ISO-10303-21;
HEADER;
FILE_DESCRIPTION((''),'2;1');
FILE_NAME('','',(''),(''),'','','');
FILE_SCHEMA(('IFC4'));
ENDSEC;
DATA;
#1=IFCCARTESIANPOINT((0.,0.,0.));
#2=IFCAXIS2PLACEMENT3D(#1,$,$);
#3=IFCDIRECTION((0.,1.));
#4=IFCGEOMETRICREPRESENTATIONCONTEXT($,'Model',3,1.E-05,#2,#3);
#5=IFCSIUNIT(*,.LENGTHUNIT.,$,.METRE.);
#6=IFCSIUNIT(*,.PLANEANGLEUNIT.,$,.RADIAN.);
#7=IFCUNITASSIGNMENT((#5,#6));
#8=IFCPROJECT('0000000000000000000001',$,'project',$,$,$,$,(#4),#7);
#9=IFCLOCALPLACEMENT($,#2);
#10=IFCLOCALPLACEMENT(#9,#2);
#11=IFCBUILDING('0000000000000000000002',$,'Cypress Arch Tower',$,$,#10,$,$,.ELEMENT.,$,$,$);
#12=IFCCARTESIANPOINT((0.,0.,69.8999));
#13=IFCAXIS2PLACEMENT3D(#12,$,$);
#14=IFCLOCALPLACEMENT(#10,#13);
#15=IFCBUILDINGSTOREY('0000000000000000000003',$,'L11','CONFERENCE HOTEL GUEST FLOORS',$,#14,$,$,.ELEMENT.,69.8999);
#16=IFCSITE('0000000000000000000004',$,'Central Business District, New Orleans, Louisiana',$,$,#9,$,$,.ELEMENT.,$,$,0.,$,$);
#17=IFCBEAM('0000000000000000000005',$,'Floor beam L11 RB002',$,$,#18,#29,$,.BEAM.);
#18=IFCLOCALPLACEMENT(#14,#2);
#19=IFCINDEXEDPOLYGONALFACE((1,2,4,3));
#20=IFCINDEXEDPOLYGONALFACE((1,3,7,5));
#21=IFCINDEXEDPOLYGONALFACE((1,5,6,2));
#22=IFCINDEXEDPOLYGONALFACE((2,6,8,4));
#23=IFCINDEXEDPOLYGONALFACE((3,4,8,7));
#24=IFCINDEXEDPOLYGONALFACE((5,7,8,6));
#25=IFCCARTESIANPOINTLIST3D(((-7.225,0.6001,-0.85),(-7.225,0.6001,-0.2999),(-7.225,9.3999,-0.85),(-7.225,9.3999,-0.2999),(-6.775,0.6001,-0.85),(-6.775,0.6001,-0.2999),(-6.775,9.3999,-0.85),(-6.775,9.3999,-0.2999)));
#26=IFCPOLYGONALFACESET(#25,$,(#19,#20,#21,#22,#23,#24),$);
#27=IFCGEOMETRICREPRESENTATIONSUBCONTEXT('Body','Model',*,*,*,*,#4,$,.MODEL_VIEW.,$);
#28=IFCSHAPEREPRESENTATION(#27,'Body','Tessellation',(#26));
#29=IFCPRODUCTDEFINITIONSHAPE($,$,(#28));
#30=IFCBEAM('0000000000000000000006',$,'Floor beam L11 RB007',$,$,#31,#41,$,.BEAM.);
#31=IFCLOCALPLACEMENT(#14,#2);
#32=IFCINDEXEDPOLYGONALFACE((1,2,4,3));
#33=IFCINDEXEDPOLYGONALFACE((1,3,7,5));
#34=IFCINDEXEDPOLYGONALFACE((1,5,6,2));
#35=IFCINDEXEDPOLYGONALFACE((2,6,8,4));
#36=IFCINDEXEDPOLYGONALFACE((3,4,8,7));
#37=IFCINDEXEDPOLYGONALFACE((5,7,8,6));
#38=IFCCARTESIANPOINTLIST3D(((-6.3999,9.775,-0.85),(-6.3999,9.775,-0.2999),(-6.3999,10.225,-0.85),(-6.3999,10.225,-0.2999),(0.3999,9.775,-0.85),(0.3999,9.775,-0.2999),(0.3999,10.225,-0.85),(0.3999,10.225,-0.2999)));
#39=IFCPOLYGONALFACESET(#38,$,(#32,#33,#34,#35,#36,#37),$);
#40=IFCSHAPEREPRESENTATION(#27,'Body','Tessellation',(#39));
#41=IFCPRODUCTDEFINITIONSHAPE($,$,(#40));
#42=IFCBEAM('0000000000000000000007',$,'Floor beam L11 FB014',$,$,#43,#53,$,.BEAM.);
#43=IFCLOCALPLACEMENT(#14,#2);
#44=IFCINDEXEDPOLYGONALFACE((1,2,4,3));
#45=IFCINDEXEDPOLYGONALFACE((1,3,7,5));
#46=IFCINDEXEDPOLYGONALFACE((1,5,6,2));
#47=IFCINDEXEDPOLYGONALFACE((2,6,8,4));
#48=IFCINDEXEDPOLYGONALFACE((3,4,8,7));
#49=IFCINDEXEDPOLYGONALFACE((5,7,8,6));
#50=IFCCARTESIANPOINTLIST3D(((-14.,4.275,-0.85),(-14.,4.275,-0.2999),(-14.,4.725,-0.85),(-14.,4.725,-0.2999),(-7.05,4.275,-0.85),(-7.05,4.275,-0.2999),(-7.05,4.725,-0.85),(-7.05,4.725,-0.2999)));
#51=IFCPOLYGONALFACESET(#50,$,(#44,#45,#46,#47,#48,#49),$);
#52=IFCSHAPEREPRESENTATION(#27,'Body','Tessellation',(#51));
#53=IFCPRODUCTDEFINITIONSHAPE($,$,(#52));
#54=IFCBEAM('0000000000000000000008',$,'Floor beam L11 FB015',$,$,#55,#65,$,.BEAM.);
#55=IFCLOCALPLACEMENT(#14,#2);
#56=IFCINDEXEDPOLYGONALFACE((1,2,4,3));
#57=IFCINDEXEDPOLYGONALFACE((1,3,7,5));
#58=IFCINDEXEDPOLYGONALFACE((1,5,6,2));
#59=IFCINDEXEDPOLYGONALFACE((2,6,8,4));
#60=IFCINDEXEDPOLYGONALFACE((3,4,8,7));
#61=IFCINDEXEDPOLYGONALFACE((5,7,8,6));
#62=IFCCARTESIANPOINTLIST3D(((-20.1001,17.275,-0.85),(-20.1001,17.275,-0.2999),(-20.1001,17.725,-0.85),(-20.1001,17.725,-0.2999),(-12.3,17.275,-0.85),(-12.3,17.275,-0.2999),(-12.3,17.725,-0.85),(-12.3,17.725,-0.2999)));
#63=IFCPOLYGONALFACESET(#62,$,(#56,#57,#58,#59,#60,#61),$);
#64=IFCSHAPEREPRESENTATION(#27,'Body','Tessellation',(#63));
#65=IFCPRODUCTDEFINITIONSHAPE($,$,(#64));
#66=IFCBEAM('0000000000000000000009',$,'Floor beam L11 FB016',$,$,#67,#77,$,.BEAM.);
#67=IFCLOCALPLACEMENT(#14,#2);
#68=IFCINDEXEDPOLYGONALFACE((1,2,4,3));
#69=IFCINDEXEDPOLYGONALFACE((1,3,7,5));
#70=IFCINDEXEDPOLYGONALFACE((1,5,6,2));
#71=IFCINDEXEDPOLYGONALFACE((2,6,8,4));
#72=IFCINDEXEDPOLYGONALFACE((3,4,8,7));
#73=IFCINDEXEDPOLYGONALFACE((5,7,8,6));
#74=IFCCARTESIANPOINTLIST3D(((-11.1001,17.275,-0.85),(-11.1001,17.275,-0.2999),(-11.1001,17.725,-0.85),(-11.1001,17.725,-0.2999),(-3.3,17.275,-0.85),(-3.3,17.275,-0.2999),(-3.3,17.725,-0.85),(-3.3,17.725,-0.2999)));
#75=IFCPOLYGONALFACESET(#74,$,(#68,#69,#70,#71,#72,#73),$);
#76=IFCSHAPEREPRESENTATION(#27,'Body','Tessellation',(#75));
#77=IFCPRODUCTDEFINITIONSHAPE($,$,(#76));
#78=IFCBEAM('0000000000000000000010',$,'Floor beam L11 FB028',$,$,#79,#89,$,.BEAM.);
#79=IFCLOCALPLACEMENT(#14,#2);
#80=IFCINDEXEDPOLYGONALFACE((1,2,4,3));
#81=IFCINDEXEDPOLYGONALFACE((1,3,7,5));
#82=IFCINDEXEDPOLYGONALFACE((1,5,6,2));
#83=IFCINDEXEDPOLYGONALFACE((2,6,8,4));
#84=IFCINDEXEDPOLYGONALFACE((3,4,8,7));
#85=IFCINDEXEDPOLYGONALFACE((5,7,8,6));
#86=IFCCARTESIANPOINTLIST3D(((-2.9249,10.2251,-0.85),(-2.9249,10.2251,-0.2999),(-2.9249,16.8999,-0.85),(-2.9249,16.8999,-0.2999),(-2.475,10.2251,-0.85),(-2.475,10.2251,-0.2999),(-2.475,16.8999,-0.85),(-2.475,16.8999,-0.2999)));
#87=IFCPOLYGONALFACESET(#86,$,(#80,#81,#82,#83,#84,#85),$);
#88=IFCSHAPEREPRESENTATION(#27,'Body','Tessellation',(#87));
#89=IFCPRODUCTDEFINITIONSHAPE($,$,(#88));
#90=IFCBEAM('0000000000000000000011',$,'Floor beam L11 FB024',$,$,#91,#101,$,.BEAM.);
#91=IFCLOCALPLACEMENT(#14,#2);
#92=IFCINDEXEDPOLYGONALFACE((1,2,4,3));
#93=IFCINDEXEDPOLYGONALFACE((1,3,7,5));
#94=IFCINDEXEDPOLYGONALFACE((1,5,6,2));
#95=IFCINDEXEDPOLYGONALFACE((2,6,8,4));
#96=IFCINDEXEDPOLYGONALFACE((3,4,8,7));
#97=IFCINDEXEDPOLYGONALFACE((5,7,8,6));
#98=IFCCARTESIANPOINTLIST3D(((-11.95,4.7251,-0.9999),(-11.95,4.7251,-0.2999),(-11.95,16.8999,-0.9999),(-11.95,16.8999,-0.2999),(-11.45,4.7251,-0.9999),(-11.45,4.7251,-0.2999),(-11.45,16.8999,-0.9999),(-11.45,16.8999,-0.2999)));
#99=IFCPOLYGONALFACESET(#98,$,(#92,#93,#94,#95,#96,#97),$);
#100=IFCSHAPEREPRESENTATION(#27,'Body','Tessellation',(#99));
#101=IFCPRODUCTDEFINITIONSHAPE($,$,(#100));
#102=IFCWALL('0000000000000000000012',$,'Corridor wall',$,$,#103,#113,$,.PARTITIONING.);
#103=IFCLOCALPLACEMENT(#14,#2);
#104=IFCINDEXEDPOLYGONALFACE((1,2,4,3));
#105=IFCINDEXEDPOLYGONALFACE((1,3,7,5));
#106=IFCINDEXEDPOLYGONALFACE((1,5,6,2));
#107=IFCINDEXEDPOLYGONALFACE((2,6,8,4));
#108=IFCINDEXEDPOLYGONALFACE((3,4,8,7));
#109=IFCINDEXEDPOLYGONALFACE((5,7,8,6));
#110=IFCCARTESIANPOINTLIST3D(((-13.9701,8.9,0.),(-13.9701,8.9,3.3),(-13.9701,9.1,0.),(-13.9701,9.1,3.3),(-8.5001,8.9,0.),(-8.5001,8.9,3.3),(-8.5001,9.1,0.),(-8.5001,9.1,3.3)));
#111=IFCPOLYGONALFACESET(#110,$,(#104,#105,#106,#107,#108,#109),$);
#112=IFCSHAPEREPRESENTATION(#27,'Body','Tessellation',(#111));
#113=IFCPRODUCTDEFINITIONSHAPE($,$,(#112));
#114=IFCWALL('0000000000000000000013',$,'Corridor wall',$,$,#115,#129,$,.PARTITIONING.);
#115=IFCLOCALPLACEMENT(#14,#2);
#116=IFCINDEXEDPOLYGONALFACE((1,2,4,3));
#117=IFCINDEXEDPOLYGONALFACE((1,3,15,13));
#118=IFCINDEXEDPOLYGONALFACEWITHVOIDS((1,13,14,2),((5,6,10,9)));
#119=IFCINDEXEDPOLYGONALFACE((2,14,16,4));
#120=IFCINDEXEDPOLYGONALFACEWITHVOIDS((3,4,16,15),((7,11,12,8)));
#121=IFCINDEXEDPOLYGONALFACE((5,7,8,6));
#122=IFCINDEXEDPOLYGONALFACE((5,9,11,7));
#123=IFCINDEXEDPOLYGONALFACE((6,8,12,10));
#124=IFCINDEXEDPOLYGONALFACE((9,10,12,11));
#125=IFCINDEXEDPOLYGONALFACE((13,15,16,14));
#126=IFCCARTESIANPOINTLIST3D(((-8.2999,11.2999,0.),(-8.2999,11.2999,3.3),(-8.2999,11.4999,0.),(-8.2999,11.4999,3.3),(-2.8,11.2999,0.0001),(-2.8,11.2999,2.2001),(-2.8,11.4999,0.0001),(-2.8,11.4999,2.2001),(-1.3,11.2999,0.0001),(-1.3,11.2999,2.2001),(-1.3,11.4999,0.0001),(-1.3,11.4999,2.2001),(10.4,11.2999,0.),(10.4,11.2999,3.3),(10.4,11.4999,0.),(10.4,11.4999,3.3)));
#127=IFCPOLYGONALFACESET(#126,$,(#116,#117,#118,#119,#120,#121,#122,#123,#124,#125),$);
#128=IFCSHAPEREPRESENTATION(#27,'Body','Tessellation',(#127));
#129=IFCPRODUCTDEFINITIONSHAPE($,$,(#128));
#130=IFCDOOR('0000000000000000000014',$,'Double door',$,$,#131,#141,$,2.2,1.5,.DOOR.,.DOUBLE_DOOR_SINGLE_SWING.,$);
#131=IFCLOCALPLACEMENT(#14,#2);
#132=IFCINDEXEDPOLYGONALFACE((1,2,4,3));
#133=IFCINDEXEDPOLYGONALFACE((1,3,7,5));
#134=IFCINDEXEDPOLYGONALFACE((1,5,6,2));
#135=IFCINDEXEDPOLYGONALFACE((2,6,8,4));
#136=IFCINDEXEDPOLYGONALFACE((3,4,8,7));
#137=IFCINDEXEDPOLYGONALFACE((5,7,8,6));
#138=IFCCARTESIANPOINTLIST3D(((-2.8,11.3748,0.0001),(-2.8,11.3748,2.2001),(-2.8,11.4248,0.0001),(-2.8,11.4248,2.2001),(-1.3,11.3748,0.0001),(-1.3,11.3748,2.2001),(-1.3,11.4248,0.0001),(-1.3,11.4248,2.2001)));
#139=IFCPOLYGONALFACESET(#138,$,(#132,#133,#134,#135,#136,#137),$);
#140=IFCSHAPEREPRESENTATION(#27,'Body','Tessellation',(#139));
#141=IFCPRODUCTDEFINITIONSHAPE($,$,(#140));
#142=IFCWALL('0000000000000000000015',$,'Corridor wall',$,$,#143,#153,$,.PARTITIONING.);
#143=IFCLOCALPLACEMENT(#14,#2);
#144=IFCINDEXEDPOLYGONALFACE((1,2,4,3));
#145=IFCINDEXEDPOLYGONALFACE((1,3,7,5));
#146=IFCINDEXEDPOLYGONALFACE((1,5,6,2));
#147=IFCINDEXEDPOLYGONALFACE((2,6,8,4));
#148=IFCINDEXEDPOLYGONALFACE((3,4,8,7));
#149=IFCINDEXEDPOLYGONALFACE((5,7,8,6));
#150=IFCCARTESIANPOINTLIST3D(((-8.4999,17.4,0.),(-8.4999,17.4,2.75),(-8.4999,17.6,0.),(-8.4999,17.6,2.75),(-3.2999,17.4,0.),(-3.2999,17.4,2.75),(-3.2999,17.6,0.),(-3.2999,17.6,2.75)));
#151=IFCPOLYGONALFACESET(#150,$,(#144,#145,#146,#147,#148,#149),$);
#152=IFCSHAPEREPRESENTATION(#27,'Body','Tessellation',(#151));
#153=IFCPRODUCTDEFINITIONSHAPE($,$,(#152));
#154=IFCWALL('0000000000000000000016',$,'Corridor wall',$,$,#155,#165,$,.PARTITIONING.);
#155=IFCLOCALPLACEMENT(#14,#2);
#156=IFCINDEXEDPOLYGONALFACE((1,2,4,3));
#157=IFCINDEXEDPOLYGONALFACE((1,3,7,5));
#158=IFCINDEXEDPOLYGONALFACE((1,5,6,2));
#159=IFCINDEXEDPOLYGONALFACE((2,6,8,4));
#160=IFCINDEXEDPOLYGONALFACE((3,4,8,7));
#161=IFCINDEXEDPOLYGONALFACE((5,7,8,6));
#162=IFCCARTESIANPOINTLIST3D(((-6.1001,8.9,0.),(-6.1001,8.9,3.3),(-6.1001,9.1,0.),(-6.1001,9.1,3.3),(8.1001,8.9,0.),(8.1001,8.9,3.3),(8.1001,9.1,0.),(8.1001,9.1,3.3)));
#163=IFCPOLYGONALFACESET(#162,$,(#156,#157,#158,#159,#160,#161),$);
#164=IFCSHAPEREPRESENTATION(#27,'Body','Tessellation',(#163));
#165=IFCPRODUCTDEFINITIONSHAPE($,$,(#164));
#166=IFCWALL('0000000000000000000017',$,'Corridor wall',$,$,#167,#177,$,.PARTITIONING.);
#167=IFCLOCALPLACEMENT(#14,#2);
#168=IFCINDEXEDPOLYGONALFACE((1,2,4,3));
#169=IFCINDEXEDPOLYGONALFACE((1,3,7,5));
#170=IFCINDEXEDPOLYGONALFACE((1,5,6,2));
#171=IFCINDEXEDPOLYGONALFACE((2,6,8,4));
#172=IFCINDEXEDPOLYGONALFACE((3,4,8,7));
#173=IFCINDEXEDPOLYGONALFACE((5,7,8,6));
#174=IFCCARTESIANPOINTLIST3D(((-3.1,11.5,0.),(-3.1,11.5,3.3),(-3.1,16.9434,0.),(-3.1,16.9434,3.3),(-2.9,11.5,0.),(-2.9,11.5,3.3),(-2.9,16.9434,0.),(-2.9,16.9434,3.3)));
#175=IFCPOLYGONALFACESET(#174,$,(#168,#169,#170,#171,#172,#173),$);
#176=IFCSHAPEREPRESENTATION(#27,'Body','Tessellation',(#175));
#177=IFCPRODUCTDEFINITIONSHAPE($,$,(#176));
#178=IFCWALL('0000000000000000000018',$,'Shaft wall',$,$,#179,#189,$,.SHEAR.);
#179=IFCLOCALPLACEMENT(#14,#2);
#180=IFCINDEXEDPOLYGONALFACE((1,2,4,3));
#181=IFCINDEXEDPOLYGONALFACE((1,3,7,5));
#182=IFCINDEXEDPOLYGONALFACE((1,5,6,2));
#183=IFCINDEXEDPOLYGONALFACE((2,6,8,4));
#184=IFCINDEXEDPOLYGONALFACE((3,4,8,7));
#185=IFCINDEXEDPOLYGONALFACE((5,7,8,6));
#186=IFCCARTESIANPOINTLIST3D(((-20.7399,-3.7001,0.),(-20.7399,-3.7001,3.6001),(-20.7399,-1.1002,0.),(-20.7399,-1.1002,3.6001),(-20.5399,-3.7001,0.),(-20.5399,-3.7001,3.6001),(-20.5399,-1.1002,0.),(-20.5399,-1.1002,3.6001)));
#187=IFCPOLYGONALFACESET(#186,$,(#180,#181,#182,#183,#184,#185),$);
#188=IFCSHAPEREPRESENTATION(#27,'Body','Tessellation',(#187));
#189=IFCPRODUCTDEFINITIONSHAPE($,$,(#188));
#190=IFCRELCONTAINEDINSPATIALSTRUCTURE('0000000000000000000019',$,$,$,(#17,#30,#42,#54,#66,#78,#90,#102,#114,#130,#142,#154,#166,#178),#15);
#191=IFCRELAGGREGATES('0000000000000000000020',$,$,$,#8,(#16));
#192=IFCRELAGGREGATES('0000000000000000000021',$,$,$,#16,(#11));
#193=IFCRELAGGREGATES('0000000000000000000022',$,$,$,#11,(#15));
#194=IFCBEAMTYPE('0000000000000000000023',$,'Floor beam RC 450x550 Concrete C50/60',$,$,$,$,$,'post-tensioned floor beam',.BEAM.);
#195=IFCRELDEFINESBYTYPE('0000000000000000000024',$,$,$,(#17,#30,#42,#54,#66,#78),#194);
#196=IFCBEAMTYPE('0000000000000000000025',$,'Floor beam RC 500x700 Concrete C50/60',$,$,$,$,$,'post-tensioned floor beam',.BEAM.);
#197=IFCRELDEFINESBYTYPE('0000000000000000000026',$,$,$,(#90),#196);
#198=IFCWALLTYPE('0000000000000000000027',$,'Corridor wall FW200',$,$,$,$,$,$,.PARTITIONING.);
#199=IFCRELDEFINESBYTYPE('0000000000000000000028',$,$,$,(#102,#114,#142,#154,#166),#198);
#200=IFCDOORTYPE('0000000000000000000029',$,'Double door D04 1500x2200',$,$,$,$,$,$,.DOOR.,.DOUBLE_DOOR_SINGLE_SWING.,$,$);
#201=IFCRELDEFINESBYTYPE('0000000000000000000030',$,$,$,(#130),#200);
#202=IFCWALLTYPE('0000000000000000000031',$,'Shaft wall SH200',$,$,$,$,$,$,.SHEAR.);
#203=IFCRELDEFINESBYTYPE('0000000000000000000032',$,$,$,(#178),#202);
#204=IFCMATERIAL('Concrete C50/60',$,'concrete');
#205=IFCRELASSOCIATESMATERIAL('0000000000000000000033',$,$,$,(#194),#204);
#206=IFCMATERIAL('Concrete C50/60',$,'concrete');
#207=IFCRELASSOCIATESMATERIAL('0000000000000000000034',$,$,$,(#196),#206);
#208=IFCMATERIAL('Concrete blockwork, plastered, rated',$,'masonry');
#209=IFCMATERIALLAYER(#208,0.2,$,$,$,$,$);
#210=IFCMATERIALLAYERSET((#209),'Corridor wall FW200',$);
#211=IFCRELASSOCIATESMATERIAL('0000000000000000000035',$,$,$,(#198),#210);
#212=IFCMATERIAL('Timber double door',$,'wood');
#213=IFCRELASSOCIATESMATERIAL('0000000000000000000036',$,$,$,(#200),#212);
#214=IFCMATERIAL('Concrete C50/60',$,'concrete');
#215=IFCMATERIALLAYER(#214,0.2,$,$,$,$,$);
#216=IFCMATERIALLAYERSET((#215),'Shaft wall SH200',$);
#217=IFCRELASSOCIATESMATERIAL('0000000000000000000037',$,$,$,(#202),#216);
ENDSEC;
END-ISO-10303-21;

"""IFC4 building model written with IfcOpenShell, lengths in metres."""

from ifc_helpers import new_model, si_unit, direction, frame, frame_2d, origin, origin_2d, place, context, subcontext, project, spatial, rectangle, extrude, material, layer, layer_set, material_profile, profile_set, type_object, element, fill, save


model = new_model("IFC4")

# Units and contexts
model_context = context("Model", 3, precision=1e-05, world=origin(), true_north=direction((0.0, 1.0)))
body_context = subcontext(model_context, "Body", "Model", "MODEL_VIEW")
ifc_project = project(units=[si_unit("LENGTHUNIT", "METRE"), si_unit("PLANEANGLEUNIT", "RADIAN")], contexts=[model_context])

# Site, building, storey
site_placement = place(None, origin())
site = spatial("IfcSite", under=ifc_project, at=site_placement, Name="Central Business District, New Orleans, Louisiana", CompositionType="ELEMENT", RefElevation=0.0)
building_placement = place(site_placement, origin())
building = spatial("IfcBuilding", under=site, at=building_placement, Name="Cypress Arch Tower", CompositionType="ELEMENT")
storey_placement = place(building_placement, frame((0.0, 0.0, 69.8999)))
storey = spatial("IfcBuildingStorey", under=building, at=storey_placement, Name="L11", Description="CONFERENCE HOTEL GUEST FLOORS", CompositionType="ELEMENT", Elevation=69.8999)

# Beams
ifc_material_1 = material(Name="Concrete C50/60", Category="concrete")
ifc_material_profile_1 = material_profile(ifc_material_1, rectangle(XDim=0.45, YDim=0.55, at=origin_2d()), Name="RC 450x550")
ifc_profile_set_1 = profile_set([ifc_material_profile_1], Name="Concrete C50/60")
beam_type_1 = type_object("IfcBeamType", Name="Floor beam RC 450x550 Concrete C50/60", ElementType="post-tensioned floor beam", PredefinedType="BEAM", material=ifc_profile_set_1)
beam_1_placement = place(storey_placement, frame((-7.0, 0.6001, -0.575), z_axis=(0.0, 1.0, 0.0), x_axis=(-1.0, 0.0, 0.0)))
element("IfcBeam", 1, at=beam_1_placement, inside=storey, type_object=beam_type_1, Name="Floor beam L11 RB002", PredefinedType="BEAM", context=body_context, shape_type="SweptSolid", body=[
    extrude(rectangle(XDim=0.45, YDim=0.55, at=origin_2d()), origin(), (0.0, 0.0, 1.0), 8.7998),
])
beam_2_placement = place(storey_placement, frame((-6.3999, 10.0, -0.575), z_axis=(1.0, 0.0, 0.0), x_axis=(0.0, 1.0, 0.0)))
element("IfcBeam", 2, at=beam_2_placement, inside=storey, type_object=beam_type_1, Name="Floor beam L11 RB007", PredefinedType="BEAM", context=body_context, shape_type="SweptSolid", body=[
    extrude(rectangle(XDim=0.45, YDim=0.55, at=origin_2d()), origin(), (0.0, 0.0, 1.0), 6.7998),
])
beam_3_placement = place(storey_placement, frame((-14.0, 4.5, -0.575), z_axis=(1.0, 0.0, 0.0), x_axis=(0.0, 1.0, 0.0)))
element("IfcBeam", 3, at=beam_3_placement, inside=storey, type_object=beam_type_1, Name="Floor beam L11 FB014", PredefinedType="BEAM", context=body_context, shape_type="SweptSolid", body=[
    extrude(rectangle(XDim=0.45, YDim=0.55, at=origin_2d()), origin(), (0.0, 0.0, 1.0), 6.95),
])
for number, where, z_axis, x_axis, name in (
    (4, (-20.1001, 17.5, -0.575), (1.0, 0.0, 0.0), (0.0, 1.0, 0.0), "Floor beam L11 FB015"),
    (5, (-11.1001, 17.5, -0.575), (1.0, 0.0, 0.0), (0.0, 1.0, 0.0), "Floor beam L11 FB016"),
):
    element("IfcBeam", number, at=place(storey_placement, frame(where, z_axis=z_axis, x_axis=x_axis)), inside=storey, type_object=beam_type_1, Name=name, PredefinedType="BEAM", context=body_context, shape_type="SweptSolid", body=[
        extrude(rectangle(XDim=0.45, YDim=0.55, at=origin_2d()), origin(), (0.0, 0.0, 1.0), 7.8),
    ])
beam_4_placement = place(storey_placement, frame((-2.7, 10.2251, -0.575), z_axis=(0.0, 1.0, 0.0), x_axis=(-1.0, 0.0, 0.0)))
element("IfcBeam", 6, at=beam_4_placement, inside=storey, type_object=beam_type_1, Name="Floor beam L11 FB028", PredefinedType="BEAM", context=body_context, shape_type="SweptSolid", body=[
    extrude(rectangle(XDim=0.45, YDim=0.55, at=origin_2d()), origin(), (0.0, 0.0, 1.0), 6.6748),
])
ifc_material_2 = material(Name="Concrete C50/60", Category="concrete")
ifc_material_profile_2 = material_profile(ifc_material_2, rectangle(XDim=0.5, YDim=0.7, at=origin_2d()), Name="RC 500x700")
ifc_profile_set_2 = profile_set([ifc_material_profile_2], Name="Concrete C50/60")
beam_type_2 = type_object("IfcBeamType", Name="Floor beam RC 500x700 Concrete C50/60", ElementType="post-tensioned floor beam", PredefinedType="BEAM", material=ifc_profile_set_2)
beam_5_placement = place(storey_placement, frame((-11.7, 4.7251, -0.6499), z_axis=(0.0, 1.0, 0.0), x_axis=(-1.0, 0.0, 0.0)))
element("IfcBeam", 7, at=beam_5_placement, inside=storey, type_object=beam_type_2, Name="Floor beam L11 FB024", PredefinedType="BEAM", context=body_context, shape_type="SweptSolid", body=[
    extrude(rectangle(XDim=0.5, YDim=0.7, at=origin_2d()), origin(), (0.0, 0.0, 1.0), 12.1748),
])

# Wall
ifc_material_3 = material(Name="Concrete blockwork, plastered, rated", Category="masonry")
ifc_layer_1 = layer(ifc_material_3, 0.2)
ifc_layer_set_1 = layer_set([ifc_layer_1], Name="Corridor wall FW200")
wall_type_1 = type_object("IfcWallType", Name="Corridor wall FW200", PredefinedType="PARTITIONING", material=ifc_layer_set_1)
wall_1_placement = place(storey_placement, frame((-13.97, 9.0, 0.0), z_axis=(0.0, 0.0, 1.0), x_axis=(1.0, 0.0, 0.0)))
element("IfcWall", 8, at=wall_1_placement, inside=storey, type_object=wall_type_1, Name="Corridor wall", PredefinedType="PARTITIONING", context=body_context, shape_type="SweptSolid", body=[
    extrude(rectangle(XDim=5.47, YDim=0.2, at=frame_2d((2.7349, 0.0))), origin(), (0.0, 0.0, 1.0), 3.3),
])

# Wall, opening, door
wall_2_placement = place(storey_placement, frame((-8.3, 11.3999, 0.0), z_axis=(0.0, 0.0, 1.0), x_axis=(1.0, 0.0, 0.0)))
wall_2 = element("IfcWall", 9, at=wall_2_placement, inside=storey, type_object=wall_type_1, Name="Corridor wall", PredefinedType="PARTITIONING", context=body_context, shape_type="SweptSolid", body=[
    extrude(rectangle(XDim=18.7, YDim=0.2, at=frame_2d((9.3501, 0.0))), origin(), (0.0, 0.0, 1.0), 3.3),
])
opening_1_placement = place(wall_2_placement, frame((5.5, 0.0, 0.0)))
opening_1 = element("IfcOpeningElement", 10, at=opening_1_placement, cuts=wall_2, PredefinedType="OPENING", context=body_context, shape_type="SweptSolid", body=[
    extrude(rectangle(XDim=1.5, YDim=2.2, at=frame_2d((0.75, 1.1001))), frame((0.0, 0.1099, 0.0), z_axis=(0.0, -1.0, 0.0), x_axis=(1.0, 0.0, 0.0)), (0.0, 0.0, 1.0), 0.22),
])
ifc_material_4 = material(Name="Timber double door", Category="wood")
door_type_1 = type_object("IfcDoorType", Name="Double door D04 1500x2200", OperationType="DOUBLE_DOOR_SINGLE_SWING", PredefinedType="DOOR", material=ifc_material_4)
door_1_placement = place(opening_1_placement, origin())
door_1 = element("IfcDoor", 11, at=door_1_placement, inside=storey, type_object=door_type_1, Name="Double door", OperationType="DOUBLE_DOOR_SINGLE_SWING", OverallHeight=2.2, OverallWidth=1.5, PredefinedType="DOOR", context=body_context, shape_type="SweptSolid", body=[
    extrude(rectangle(XDim=1.5, YDim=2.2, at=frame_2d((0.75, 1.1001))), frame((0.0, 0.0249, 0.0), z_axis=(0.0, -1.0, 0.0), x_axis=(1.0, 0.0, 0.0)), (0.0, 0.0, 1.0), 0.05),
])
fill(opening_1, door_1)

# Walls
wall_3_placement = place(storey_placement, frame((-8.5, 17.5, 0.0), z_axis=(0.0, 0.0, 1.0), x_axis=(1.0, 0.0, 0.0)))
element("IfcWall", 12, at=wall_3_placement, inside=storey, type_object=wall_type_1, Name="Corridor wall", PredefinedType="PARTITIONING", context=body_context, shape_type="SweptSolid", body=[
    extrude(rectangle(XDim=5.2, YDim=0.2, at=frame_2d((2.6001, 0.0))), origin(), (0.0, 0.0, 1.0), 2.75),
])
wall_4_placement = place(storey_placement, frame((-6.1001, 9.0, 0.0), z_axis=(0.0, 0.0, 1.0), x_axis=(1.0, 0.0, 0.0)))
element("IfcWall", 13, at=wall_4_placement, inside=storey, type_object=wall_type_1, Name="Corridor wall", PredefinedType="PARTITIONING", context=body_context, shape_type="SweptSolid", body=[
    extrude(rectangle(XDim=14.2002, YDim=0.2, at=frame_2d((7.1001, 0.0))), origin(), (0.0, 0.0, 1.0), 3.3),
])
wall_5_placement = place(storey_placement, frame((-3.0, 11.5, 0.0), z_axis=(0.0, 0.0, 1.0), x_axis=(0.0, 1.0, 0.0)))
element("IfcWall", 14, at=wall_5_placement, inside=storey, type_object=wall_type_1, Name="Corridor wall", PredefinedType="PARTITIONING", context=body_context, shape_type="SweptSolid", body=[
    extrude(rectangle(XDim=5.4434, YDim=0.2, at=frame_2d((2.7217, 0.0))), origin(), (0.0, 0.0, 1.0), 3.3),
])
ifc_material_5 = material(Name="Concrete C50/60", Category="concrete")
ifc_layer_2 = layer(ifc_material_5, 0.2)
ifc_layer_set_2 = layer_set([ifc_layer_2], Name="Shaft wall SH200")
wall_type_2 = type_object("IfcWallType", Name="Shaft wall SH200", PredefinedType="SHEAR", material=ifc_layer_set_2)
wall_6_placement = place(storey_placement, frame((-20.6399, -3.7, 0.0), z_axis=(0.0, 0.0, 1.0), x_axis=(0.0, 1.0, 0.0)))
element("IfcWall", 15, at=wall_6_placement, inside=storey, type_object=wall_type_2, Name="Shaft wall", PredefinedType="SHEAR", context=body_context, shape_type="SweptSolid", body=[
    extrude(rectangle(XDim=2.5999, YDim=0.2, at=frame_2d((1.2998, 0.0))), origin(), (0.0, 0.0, 1.0), 3.6001),
])

save(model, "model.ifc")
